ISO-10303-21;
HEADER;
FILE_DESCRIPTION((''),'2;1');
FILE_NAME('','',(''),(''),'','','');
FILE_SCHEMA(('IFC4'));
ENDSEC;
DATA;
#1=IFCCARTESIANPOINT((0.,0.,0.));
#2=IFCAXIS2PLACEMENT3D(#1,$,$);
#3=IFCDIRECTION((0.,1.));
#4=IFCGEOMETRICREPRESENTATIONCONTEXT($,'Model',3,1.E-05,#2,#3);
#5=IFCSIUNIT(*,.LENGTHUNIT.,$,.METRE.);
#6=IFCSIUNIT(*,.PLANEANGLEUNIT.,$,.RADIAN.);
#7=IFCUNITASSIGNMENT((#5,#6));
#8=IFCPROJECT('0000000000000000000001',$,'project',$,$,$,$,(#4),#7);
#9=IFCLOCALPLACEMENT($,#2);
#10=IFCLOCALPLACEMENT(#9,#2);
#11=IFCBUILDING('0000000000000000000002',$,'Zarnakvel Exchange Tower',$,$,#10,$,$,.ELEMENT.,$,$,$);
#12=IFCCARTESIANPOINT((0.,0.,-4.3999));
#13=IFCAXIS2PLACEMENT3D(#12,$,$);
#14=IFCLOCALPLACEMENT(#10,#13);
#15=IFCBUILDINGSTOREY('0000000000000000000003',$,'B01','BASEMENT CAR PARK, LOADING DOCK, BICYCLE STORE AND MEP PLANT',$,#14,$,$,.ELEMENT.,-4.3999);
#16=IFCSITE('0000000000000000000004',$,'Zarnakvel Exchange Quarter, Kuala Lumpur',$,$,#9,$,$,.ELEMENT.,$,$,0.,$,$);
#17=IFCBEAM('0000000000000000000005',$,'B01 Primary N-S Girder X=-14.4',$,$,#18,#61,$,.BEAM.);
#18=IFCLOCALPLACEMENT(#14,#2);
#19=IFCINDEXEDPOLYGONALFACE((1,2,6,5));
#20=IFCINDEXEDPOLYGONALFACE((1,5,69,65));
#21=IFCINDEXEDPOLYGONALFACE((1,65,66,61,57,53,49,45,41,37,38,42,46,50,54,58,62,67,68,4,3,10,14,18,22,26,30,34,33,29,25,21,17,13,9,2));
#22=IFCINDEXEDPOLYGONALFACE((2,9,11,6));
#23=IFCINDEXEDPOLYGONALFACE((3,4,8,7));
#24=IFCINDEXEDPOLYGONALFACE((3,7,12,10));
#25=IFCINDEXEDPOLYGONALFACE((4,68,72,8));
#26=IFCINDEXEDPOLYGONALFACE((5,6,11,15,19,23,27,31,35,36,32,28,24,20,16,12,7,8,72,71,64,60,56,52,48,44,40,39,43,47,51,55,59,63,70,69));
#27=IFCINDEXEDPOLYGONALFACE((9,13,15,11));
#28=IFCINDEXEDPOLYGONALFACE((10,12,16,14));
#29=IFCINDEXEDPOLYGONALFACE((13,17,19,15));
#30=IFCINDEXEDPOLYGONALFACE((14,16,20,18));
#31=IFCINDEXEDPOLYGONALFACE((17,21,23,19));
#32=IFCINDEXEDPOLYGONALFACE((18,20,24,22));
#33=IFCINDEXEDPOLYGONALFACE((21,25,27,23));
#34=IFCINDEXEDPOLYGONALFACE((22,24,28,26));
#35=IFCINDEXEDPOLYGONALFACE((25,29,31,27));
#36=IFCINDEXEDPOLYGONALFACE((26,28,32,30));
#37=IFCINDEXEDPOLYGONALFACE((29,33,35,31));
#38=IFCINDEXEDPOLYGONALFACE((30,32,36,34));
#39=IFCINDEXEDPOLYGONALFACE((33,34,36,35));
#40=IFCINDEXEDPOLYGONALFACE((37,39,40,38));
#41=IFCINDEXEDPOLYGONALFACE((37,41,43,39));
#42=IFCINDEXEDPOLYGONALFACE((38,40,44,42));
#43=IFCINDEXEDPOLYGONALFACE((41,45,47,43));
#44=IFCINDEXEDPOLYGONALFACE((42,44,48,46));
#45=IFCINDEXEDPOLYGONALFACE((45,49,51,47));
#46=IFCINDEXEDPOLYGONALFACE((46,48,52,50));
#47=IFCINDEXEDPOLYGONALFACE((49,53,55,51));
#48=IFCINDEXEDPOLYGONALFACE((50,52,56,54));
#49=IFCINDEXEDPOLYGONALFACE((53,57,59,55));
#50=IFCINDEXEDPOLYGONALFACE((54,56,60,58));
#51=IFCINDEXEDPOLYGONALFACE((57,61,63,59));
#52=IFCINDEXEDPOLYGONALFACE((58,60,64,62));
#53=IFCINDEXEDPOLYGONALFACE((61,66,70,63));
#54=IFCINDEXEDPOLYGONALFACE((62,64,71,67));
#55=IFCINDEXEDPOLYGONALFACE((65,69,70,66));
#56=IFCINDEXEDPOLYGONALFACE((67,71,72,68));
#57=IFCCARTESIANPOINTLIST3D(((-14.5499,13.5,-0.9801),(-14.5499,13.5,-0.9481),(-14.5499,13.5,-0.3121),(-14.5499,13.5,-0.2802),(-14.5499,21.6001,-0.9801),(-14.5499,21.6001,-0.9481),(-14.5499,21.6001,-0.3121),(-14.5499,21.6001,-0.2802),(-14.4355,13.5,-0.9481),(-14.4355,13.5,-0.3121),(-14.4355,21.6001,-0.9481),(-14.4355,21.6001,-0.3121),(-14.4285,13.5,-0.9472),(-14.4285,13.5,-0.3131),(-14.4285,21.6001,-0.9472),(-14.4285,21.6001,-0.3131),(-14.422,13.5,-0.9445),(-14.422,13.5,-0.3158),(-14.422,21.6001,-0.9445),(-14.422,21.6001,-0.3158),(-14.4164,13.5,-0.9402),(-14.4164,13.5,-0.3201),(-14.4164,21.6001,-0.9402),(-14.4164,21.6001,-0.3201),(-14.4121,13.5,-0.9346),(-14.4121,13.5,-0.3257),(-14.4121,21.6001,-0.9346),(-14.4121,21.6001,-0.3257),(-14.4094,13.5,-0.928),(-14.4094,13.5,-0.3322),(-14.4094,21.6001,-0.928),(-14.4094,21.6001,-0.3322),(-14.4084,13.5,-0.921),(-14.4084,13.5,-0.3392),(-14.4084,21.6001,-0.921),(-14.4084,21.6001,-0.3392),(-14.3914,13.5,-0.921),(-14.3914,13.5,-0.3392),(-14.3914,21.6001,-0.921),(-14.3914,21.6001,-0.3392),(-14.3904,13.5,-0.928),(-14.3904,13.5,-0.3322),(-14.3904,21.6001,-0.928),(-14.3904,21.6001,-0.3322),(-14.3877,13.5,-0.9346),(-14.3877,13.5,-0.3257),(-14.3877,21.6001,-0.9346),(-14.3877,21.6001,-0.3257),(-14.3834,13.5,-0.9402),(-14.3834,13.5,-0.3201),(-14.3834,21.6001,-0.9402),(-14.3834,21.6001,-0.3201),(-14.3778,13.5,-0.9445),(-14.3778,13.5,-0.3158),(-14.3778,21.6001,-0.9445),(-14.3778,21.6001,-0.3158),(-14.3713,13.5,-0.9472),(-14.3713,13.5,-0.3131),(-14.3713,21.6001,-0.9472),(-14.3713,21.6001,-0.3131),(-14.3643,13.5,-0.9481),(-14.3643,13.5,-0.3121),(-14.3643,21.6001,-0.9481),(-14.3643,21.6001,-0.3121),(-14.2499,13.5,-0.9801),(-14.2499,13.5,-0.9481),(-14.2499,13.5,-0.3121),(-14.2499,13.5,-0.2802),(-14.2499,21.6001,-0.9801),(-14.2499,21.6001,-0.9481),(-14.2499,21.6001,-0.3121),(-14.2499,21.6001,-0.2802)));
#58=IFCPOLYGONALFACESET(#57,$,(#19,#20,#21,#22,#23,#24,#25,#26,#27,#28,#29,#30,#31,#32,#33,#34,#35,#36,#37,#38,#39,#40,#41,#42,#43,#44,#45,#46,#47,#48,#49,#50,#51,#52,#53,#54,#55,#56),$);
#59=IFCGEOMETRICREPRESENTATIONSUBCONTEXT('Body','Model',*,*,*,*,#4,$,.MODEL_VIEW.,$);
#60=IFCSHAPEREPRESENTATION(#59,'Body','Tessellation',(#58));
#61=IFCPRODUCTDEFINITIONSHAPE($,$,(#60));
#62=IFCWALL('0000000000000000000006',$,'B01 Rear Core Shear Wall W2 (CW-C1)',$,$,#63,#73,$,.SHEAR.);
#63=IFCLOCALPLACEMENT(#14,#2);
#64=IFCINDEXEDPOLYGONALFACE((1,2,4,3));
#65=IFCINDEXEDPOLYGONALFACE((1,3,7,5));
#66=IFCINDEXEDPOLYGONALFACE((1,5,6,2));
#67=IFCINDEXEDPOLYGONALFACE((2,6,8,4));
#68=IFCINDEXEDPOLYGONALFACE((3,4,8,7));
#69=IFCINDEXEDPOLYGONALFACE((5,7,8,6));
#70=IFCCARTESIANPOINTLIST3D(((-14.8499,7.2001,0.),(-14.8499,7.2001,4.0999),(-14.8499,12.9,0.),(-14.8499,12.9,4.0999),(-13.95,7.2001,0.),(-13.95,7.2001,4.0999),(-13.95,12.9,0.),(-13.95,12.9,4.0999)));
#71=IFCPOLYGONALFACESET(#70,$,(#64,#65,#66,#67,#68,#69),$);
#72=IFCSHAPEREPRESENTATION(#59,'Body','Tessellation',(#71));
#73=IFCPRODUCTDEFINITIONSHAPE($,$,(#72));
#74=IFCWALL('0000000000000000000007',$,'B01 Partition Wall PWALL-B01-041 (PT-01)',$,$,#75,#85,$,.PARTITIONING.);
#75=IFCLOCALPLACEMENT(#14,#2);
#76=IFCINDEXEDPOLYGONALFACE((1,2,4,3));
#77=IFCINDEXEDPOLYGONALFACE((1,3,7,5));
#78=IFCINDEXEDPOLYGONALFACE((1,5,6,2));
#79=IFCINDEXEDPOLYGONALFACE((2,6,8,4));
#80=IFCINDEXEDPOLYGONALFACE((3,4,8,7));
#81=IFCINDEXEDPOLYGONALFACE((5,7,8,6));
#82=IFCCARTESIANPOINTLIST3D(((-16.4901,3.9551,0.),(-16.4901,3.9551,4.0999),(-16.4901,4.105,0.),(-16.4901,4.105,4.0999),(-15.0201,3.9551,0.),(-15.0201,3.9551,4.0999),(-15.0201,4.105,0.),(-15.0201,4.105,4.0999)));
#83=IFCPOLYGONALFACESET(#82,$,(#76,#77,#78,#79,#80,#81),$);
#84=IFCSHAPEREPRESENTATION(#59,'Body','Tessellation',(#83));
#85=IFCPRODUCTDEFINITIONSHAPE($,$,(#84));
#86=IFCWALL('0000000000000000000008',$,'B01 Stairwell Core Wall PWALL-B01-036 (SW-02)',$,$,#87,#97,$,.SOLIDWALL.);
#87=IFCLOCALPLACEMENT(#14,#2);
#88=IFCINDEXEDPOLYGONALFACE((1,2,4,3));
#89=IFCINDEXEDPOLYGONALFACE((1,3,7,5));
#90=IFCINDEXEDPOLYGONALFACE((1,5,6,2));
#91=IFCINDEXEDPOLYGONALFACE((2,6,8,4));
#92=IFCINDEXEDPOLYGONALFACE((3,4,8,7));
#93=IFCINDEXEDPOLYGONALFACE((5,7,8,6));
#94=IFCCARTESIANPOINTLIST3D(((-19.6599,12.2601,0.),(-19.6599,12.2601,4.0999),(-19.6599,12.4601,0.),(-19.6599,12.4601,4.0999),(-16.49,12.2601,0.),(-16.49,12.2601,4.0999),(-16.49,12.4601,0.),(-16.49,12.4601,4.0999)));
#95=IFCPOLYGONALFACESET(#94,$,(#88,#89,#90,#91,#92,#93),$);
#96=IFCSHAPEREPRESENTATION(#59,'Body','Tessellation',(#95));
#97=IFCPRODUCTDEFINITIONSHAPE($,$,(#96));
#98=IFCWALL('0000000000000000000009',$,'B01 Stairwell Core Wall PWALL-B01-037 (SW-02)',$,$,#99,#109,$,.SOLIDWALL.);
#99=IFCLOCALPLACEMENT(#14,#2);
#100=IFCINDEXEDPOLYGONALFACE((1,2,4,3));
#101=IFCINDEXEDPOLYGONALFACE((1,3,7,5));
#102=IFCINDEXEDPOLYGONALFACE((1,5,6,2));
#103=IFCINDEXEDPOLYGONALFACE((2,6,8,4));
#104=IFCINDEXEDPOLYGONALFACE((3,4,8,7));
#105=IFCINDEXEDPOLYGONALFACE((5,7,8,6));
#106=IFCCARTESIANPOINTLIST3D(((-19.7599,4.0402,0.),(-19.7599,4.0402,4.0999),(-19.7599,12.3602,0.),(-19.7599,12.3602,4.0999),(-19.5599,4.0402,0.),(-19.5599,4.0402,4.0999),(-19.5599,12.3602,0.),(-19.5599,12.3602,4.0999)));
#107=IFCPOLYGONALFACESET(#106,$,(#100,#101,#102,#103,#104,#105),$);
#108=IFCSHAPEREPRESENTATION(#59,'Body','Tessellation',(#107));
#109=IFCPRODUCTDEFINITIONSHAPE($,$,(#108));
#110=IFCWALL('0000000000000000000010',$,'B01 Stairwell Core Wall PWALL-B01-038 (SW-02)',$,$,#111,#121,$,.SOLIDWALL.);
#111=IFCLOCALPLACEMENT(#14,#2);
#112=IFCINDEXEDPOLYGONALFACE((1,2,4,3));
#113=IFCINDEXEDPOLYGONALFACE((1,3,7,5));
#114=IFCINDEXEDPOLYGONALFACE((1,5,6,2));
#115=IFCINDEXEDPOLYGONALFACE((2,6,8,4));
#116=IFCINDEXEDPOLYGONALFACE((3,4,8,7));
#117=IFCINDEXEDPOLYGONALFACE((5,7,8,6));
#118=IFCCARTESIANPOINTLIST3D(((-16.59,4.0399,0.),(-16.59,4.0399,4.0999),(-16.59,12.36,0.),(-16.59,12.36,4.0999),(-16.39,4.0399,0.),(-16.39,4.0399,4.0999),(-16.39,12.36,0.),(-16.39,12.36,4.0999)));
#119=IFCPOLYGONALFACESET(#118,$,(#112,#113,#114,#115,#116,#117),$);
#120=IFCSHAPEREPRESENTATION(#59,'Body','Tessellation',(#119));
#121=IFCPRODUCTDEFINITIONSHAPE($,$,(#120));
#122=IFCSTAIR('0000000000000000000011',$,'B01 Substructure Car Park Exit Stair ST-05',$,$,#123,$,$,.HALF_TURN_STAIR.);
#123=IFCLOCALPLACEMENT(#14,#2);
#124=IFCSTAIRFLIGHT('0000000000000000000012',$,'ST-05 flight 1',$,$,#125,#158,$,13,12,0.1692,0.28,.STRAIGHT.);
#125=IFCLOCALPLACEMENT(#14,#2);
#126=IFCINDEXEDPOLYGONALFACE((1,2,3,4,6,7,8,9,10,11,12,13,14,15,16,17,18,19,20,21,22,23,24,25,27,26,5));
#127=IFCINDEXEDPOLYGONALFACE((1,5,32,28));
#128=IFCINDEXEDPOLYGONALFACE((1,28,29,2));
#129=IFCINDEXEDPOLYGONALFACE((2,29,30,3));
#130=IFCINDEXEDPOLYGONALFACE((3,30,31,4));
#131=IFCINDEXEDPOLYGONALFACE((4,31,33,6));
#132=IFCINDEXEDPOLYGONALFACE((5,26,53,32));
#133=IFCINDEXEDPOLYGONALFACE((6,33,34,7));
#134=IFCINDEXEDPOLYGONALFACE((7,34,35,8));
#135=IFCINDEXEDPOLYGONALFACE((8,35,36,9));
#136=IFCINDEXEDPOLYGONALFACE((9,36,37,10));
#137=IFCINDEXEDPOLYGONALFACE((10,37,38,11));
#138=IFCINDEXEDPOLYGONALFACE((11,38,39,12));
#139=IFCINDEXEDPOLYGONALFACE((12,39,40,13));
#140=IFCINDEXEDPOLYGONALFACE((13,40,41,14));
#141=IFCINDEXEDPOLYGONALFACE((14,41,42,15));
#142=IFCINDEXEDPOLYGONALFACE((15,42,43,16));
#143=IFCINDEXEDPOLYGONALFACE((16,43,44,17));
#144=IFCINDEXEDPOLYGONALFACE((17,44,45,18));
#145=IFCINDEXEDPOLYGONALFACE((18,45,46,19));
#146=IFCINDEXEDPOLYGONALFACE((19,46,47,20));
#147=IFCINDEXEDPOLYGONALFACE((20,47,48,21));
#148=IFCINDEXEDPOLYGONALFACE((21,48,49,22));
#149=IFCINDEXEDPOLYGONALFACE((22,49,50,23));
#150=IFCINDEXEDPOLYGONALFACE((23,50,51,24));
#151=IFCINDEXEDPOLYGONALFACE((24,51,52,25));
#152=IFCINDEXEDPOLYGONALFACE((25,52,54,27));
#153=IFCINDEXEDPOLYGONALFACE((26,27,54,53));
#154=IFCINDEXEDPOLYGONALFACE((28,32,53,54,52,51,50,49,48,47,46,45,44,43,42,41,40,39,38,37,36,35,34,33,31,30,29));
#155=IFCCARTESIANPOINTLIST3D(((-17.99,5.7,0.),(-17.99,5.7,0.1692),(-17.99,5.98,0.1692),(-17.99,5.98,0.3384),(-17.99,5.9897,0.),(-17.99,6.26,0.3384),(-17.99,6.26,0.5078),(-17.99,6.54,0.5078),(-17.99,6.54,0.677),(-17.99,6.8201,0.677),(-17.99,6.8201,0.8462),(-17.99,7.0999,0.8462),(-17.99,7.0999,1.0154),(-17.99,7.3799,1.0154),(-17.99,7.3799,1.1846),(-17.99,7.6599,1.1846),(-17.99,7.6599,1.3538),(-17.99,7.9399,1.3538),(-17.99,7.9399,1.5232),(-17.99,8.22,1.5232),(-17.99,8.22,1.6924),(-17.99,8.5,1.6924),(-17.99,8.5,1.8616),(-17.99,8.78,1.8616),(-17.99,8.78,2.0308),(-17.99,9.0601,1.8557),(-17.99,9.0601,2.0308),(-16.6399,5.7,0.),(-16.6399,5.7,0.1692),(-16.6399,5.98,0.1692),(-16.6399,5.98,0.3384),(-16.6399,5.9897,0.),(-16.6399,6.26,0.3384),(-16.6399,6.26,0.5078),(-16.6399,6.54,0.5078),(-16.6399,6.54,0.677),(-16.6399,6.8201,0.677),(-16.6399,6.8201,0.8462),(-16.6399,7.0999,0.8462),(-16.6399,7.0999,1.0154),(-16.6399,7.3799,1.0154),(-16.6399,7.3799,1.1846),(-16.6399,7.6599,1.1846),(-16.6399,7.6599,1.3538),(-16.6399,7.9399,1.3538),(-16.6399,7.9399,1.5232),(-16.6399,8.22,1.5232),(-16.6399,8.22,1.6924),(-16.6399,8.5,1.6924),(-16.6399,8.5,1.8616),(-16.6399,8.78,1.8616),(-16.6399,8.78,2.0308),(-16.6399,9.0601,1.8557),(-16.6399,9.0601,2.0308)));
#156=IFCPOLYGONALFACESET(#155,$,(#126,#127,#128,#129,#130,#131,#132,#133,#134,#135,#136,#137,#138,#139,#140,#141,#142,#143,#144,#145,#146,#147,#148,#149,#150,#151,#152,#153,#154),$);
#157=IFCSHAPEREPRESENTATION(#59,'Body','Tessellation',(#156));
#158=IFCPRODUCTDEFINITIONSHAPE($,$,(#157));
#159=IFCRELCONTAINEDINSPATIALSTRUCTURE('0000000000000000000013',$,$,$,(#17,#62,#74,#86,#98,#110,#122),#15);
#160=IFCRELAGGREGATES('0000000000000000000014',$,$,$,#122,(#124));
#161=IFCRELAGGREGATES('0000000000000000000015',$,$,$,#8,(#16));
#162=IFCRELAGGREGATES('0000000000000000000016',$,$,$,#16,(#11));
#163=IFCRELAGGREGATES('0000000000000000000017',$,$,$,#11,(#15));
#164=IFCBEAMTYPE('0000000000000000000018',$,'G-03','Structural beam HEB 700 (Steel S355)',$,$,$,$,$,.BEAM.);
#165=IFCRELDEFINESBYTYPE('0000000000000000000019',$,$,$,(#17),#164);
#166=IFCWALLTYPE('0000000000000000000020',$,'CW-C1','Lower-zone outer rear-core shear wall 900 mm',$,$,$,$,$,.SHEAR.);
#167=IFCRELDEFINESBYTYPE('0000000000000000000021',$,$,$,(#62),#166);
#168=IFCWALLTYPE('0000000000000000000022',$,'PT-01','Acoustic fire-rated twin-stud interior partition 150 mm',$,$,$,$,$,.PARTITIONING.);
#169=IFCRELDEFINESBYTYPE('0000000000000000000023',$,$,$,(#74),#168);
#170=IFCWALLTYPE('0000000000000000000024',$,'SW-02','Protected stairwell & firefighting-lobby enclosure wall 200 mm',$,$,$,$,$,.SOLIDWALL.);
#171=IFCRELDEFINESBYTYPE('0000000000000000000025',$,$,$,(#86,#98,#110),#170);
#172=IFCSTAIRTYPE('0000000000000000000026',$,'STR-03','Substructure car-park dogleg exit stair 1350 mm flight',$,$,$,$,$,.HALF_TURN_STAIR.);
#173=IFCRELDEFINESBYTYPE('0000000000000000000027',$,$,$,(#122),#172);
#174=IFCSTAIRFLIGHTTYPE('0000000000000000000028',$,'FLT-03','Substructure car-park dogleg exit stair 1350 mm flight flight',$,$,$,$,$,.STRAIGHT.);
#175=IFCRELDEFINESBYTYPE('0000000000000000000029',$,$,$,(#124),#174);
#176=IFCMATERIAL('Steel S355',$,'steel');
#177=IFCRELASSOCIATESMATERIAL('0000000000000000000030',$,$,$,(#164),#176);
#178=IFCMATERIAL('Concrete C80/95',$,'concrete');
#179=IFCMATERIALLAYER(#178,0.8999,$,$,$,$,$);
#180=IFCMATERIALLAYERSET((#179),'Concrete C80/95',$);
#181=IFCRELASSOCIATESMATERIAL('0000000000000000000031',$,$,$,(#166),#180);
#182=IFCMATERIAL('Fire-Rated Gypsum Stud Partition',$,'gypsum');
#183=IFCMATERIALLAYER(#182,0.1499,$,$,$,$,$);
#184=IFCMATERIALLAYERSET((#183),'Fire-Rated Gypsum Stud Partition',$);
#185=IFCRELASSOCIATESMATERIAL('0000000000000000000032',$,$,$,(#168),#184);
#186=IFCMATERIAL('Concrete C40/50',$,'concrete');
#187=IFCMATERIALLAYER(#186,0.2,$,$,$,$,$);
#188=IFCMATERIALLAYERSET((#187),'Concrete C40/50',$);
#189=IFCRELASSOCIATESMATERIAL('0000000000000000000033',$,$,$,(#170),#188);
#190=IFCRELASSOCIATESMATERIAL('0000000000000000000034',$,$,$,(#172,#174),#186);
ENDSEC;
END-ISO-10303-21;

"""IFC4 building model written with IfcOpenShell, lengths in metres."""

from ifc_helpers import new_model, si_unit, direction, frame, frame_2d, origin, origin_2d, place, context, subcontext, project, spatial, polyline, rectangle, i_section, outline, extrude, material, layer, layer_set, material_profile, profile_set, type_object, element, aggregate, save


model = new_model("IFC4")

# Units and contexts
model_context = context("Model", 3, precision=1e-05, world=origin(), true_north=direction((0.0, 1.0)))
body_context = subcontext(model_context, "Body", "Model", "MODEL_VIEW")
ifc_project = project(units=[si_unit("LENGTHUNIT", "METRE"), si_unit("PLANEANGLEUNIT", "RADIAN")], contexts=[model_context])

# Site, building, storey
site_placement = place(None, origin())
site = spatial("IfcSite", under=ifc_project, at=site_placement, Name="Zarnakvel Exchange Quarter, Kuala Lumpur", CompositionType="ELEMENT", RefElevation=0.0)
building_placement = place(site_placement, origin())
building = spatial("IfcBuilding", under=site, at=building_placement, Name="Zarnakvel Exchange Tower", CompositionType="ELEMENT")
storey_placement = place(building_placement, frame((0.0, 0.0, -4.3999)))
storey = spatial("IfcBuildingStorey", under=building, at=storey_placement, Name="B01", Description="BASEMENT CAR PARK, LOADING DOCK, BICYCLE STORE AND MEP PLANT", CompositionType="ELEMENT", Elevation=-4.3999)

# Shared definitions
ifc_material_1 = material(Name="Concrete C80/95", Category="concrete")

# Beam
ifc_material_2 = material(Name="Steel S355", Category="steel")
ifc_material_profile_1 = material_profile(ifc_material_2, i_section(OverallWidth=0.3, OverallDepth=0.7, WebThickness=0.0171, FlangeThickness=0.032, FilletRadius=0.0271, at=origin_2d()))
ifc_profile_set_1 = profile_set([ifc_material_profile_1], Name="Steel S355")
beam_type_1 = type_object("IfcBeamType", Name="G-03", Description="Structural beam HEB 700 (Steel S355)", PredefinedType="BEAM", material=ifc_profile_set_1)
beam_1_placement = place(storey_placement, frame((-14.3999, 13.5, -0.6301), z_axis=(0.0, 1.0, 0.0), x_axis=(-1.0, 0.0, 0.0)))
element("IfcBeam", 1, at=beam_1_placement, inside=storey, type_object=beam_type_1, Name="B01 Primary N-S Girder X=-14.4", PredefinedType="BEAM", context=body_context, shape_type="SweptSolid", body=[
    extrude(i_section(OverallWidth=0.3, OverallDepth=0.7, WebThickness=0.0171, FlangeThickness=0.032, FilletRadius=0.0271, at=origin_2d()), origin(), (0.0, 0.0, 1.0), 8.1001),
])

# Walls
ifc_layer_1 = layer(ifc_material_1, 0.8999)
ifc_layer_set_1 = layer_set([ifc_layer_1], Name="Concrete C80/95")
wall_type_1 = type_object("IfcWallType", Name="CW-C1", Description="Lower-zone outer rear-core shear wall 900 mm", PredefinedType="SHEAR", material=ifc_layer_set_1)
wall_1_placement = place(storey_placement, frame((-14.3999, 7.2, 0.0), z_axis=(0.0, 0.0, 1.0), x_axis=(0.0, 1.0, 0.0)))
element("IfcWall", 2, at=wall_1_placement, inside=storey, type_object=wall_type_1, Name="B01 Rear Core Shear Wall W2 (CW-C1)", PredefinedType="SHEAR", context=body_context, shape_type="SweptSolid", body=[
    extrude(rectangle(XDim=5.7, YDim=0.8999, at=frame_2d((2.8501, 0.0))), origin(), (0.0, 0.0, 1.0), 4.0999),
])
ifc_material_3 = material(Name="Fire-Rated Gypsum Stud Partition", Category="gypsum")
ifc_layer_2 = layer(ifc_material_3, 0.1499)
ifc_layer_set_2 = layer_set([ifc_layer_2], Name="Fire-Rated Gypsum Stud Partition")
wall_type_2 = type_object("IfcWallType", Name="PT-01", Description="Acoustic fire-rated twin-stud interior partition 150 mm", PredefinedType="PARTITIONING", material=ifc_layer_set_2)
wall_2_placement = place(storey_placement, frame((-16.49, 4.03, 0.0), z_axis=(0.0, 0.0, 1.0), x_axis=(1.0, 0.0, 0.0)))
element("IfcWall", 3, at=wall_2_placement, inside=storey, type_object=wall_type_2, Name="B01 Partition Wall PWALL-B01-041 (PT-01)", PredefinedType="PARTITIONING", context=body_context, shape_type="SweptSolid", body=[
    extrude(rectangle(XDim=1.47, YDim=0.1499, at=frame_2d((0.7349, 0.0))), origin(), (0.0, 0.0, 1.0), 4.0999),
])

# Shared definitions
ifc_material_4 = material(Name="Concrete C40/50", Category="concrete")
ifc_layer_3 = layer(ifc_material_4, 0.2)
ifc_layer_set_3 = layer_set([ifc_layer_3], Name="Concrete C40/50")
wall_type_3 = type_object("IfcWallType", Name="SW-02", Description="Protected stairwell & firefighting-lobby enclosure wall 200 mm", PredefinedType="SOLIDWALL", material=ifc_layer_set_3)

# Walls
wall_3_placement = place(storey_placement, frame((-19.6599, 12.3601, 0.0), z_axis=(0.0, 0.0, 1.0), x_axis=(1.0, 0.0, 0.0)))
element("IfcWall", 4, at=wall_3_placement, inside=storey, type_object=wall_type_3, Name="B01 Stairwell Core Wall PWALL-B01-036 (SW-02)", PredefinedType="SOLIDWALL", context=body_context, shape_type="SweptSolid", body=[
    extrude(rectangle(XDim=3.1699, YDim=0.2, at=frame_2d((1.585, 0.0))), origin(), (0.0, 0.0, 1.0), 4.0999),
])
for number, where, z_axis, x_axis, name in (
    (5, (-19.6599, 4.04, 0.0), (0.0, 0.0, 1.0), (0.0, 1.0, 0.0), "B01 Stairwell Core Wall PWALL-B01-037 (SW-02)"),
    (6, (-16.49, 12.3601, 0.0), (0.0, 0.0, 1.0), (0.0, -1.0, 0.0), "B01 Stairwell Core Wall PWALL-B01-038 (SW-02)"),
):
    element("IfcWall", number, at=place(storey_placement, frame(where, z_axis=z_axis, x_axis=x_axis)), inside=storey, type_object=wall_type_3, Name=name, PredefinedType="SOLIDWALL", context=body_context, shape_type="SweptSolid", body=[
        extrude(rectangle(XDim=8.3201, YDim=0.2, at=frame_2d((4.1602, 0.0))), origin(), (0.0, 0.0, 1.0), 4.0999),
    ])

# Stair, stair flight
stair_type = type_object("IfcStairType", Name="STR-03", Description="Substructure car-park dogleg exit stair 1350 mm flight", PredefinedType="HALF_TURN_STAIR", material=ifc_material_4)
stair_placement = place(storey_placement, origin())
stair = element("IfcStair", 7, at=stair_placement, inside=storey, type_object=stair_type, Name="B01 Substructure Car Park Exit Stair ST-05", PredefinedType="HALF_TURN_STAIR")
stair_flight_type = type_object("IfcStairFlightType", Name="FLT-03", Description="Substructure car-park dogleg exit stair 1350 mm flight flight", PredefinedType="STRAIGHT", material=ifc_material_4)
stair_flight_1_placement = place(storey_placement, frame((-17.3149, 5.7, 0.0), z_axis=(0.0, 0.0, 1.0), x_axis=(0.0, 1.0, 0.0)))
stair_flight_1 = element("IfcStairFlight", 8, at=stair_flight_1_placement, type_object=stair_flight_type, Name="ST-05 flight 1", NumberOfRisers=13, NumberOfTreads=12, PredefinedType="STRAIGHT", RiserHeight=0.1692, TreadLength=0.28, context=body_context, shape_type="SweptSolid", body=[
    extrude(outline(polyline([(0.0, 0.0), (0.0, 0.1692), (0.28, 0.1692), (0.28, 0.3384), (0.5601, 0.3384), (0.5601, 0.5078), (0.8401, 0.5078), (0.8401, 0.677), (1.1201, 0.677), (1.1201, 0.8462), (1.3999, 0.8462), (1.3999, 1.0154), (1.6799, 1.0154), (1.6799, 1.1846), (1.96, 1.1846), (1.96, 1.3538), (2.24, 1.3538), (2.24, 1.5232), (2.52, 1.5232), (2.52, 1.6924), (2.8, 1.6924), (2.8, 1.8616), (3.0801, 1.8616), (3.0801, 2.0308), (3.3601, 2.0308), (3.3601, 2.2), (3.3601, 1.8557), (0.2898, 0.0), (0.0, 0.0)])), frame((0.0, 0.675, 0.0), z_axis=(0.0, -1.0, 0.0), x_axis=(1.0, 0.0, 0.0)), (0.0, 0.0, 1.0), 1.3501),
])
aggregate(stair, [stair_flight_1])

save(model, "model.ifc")
